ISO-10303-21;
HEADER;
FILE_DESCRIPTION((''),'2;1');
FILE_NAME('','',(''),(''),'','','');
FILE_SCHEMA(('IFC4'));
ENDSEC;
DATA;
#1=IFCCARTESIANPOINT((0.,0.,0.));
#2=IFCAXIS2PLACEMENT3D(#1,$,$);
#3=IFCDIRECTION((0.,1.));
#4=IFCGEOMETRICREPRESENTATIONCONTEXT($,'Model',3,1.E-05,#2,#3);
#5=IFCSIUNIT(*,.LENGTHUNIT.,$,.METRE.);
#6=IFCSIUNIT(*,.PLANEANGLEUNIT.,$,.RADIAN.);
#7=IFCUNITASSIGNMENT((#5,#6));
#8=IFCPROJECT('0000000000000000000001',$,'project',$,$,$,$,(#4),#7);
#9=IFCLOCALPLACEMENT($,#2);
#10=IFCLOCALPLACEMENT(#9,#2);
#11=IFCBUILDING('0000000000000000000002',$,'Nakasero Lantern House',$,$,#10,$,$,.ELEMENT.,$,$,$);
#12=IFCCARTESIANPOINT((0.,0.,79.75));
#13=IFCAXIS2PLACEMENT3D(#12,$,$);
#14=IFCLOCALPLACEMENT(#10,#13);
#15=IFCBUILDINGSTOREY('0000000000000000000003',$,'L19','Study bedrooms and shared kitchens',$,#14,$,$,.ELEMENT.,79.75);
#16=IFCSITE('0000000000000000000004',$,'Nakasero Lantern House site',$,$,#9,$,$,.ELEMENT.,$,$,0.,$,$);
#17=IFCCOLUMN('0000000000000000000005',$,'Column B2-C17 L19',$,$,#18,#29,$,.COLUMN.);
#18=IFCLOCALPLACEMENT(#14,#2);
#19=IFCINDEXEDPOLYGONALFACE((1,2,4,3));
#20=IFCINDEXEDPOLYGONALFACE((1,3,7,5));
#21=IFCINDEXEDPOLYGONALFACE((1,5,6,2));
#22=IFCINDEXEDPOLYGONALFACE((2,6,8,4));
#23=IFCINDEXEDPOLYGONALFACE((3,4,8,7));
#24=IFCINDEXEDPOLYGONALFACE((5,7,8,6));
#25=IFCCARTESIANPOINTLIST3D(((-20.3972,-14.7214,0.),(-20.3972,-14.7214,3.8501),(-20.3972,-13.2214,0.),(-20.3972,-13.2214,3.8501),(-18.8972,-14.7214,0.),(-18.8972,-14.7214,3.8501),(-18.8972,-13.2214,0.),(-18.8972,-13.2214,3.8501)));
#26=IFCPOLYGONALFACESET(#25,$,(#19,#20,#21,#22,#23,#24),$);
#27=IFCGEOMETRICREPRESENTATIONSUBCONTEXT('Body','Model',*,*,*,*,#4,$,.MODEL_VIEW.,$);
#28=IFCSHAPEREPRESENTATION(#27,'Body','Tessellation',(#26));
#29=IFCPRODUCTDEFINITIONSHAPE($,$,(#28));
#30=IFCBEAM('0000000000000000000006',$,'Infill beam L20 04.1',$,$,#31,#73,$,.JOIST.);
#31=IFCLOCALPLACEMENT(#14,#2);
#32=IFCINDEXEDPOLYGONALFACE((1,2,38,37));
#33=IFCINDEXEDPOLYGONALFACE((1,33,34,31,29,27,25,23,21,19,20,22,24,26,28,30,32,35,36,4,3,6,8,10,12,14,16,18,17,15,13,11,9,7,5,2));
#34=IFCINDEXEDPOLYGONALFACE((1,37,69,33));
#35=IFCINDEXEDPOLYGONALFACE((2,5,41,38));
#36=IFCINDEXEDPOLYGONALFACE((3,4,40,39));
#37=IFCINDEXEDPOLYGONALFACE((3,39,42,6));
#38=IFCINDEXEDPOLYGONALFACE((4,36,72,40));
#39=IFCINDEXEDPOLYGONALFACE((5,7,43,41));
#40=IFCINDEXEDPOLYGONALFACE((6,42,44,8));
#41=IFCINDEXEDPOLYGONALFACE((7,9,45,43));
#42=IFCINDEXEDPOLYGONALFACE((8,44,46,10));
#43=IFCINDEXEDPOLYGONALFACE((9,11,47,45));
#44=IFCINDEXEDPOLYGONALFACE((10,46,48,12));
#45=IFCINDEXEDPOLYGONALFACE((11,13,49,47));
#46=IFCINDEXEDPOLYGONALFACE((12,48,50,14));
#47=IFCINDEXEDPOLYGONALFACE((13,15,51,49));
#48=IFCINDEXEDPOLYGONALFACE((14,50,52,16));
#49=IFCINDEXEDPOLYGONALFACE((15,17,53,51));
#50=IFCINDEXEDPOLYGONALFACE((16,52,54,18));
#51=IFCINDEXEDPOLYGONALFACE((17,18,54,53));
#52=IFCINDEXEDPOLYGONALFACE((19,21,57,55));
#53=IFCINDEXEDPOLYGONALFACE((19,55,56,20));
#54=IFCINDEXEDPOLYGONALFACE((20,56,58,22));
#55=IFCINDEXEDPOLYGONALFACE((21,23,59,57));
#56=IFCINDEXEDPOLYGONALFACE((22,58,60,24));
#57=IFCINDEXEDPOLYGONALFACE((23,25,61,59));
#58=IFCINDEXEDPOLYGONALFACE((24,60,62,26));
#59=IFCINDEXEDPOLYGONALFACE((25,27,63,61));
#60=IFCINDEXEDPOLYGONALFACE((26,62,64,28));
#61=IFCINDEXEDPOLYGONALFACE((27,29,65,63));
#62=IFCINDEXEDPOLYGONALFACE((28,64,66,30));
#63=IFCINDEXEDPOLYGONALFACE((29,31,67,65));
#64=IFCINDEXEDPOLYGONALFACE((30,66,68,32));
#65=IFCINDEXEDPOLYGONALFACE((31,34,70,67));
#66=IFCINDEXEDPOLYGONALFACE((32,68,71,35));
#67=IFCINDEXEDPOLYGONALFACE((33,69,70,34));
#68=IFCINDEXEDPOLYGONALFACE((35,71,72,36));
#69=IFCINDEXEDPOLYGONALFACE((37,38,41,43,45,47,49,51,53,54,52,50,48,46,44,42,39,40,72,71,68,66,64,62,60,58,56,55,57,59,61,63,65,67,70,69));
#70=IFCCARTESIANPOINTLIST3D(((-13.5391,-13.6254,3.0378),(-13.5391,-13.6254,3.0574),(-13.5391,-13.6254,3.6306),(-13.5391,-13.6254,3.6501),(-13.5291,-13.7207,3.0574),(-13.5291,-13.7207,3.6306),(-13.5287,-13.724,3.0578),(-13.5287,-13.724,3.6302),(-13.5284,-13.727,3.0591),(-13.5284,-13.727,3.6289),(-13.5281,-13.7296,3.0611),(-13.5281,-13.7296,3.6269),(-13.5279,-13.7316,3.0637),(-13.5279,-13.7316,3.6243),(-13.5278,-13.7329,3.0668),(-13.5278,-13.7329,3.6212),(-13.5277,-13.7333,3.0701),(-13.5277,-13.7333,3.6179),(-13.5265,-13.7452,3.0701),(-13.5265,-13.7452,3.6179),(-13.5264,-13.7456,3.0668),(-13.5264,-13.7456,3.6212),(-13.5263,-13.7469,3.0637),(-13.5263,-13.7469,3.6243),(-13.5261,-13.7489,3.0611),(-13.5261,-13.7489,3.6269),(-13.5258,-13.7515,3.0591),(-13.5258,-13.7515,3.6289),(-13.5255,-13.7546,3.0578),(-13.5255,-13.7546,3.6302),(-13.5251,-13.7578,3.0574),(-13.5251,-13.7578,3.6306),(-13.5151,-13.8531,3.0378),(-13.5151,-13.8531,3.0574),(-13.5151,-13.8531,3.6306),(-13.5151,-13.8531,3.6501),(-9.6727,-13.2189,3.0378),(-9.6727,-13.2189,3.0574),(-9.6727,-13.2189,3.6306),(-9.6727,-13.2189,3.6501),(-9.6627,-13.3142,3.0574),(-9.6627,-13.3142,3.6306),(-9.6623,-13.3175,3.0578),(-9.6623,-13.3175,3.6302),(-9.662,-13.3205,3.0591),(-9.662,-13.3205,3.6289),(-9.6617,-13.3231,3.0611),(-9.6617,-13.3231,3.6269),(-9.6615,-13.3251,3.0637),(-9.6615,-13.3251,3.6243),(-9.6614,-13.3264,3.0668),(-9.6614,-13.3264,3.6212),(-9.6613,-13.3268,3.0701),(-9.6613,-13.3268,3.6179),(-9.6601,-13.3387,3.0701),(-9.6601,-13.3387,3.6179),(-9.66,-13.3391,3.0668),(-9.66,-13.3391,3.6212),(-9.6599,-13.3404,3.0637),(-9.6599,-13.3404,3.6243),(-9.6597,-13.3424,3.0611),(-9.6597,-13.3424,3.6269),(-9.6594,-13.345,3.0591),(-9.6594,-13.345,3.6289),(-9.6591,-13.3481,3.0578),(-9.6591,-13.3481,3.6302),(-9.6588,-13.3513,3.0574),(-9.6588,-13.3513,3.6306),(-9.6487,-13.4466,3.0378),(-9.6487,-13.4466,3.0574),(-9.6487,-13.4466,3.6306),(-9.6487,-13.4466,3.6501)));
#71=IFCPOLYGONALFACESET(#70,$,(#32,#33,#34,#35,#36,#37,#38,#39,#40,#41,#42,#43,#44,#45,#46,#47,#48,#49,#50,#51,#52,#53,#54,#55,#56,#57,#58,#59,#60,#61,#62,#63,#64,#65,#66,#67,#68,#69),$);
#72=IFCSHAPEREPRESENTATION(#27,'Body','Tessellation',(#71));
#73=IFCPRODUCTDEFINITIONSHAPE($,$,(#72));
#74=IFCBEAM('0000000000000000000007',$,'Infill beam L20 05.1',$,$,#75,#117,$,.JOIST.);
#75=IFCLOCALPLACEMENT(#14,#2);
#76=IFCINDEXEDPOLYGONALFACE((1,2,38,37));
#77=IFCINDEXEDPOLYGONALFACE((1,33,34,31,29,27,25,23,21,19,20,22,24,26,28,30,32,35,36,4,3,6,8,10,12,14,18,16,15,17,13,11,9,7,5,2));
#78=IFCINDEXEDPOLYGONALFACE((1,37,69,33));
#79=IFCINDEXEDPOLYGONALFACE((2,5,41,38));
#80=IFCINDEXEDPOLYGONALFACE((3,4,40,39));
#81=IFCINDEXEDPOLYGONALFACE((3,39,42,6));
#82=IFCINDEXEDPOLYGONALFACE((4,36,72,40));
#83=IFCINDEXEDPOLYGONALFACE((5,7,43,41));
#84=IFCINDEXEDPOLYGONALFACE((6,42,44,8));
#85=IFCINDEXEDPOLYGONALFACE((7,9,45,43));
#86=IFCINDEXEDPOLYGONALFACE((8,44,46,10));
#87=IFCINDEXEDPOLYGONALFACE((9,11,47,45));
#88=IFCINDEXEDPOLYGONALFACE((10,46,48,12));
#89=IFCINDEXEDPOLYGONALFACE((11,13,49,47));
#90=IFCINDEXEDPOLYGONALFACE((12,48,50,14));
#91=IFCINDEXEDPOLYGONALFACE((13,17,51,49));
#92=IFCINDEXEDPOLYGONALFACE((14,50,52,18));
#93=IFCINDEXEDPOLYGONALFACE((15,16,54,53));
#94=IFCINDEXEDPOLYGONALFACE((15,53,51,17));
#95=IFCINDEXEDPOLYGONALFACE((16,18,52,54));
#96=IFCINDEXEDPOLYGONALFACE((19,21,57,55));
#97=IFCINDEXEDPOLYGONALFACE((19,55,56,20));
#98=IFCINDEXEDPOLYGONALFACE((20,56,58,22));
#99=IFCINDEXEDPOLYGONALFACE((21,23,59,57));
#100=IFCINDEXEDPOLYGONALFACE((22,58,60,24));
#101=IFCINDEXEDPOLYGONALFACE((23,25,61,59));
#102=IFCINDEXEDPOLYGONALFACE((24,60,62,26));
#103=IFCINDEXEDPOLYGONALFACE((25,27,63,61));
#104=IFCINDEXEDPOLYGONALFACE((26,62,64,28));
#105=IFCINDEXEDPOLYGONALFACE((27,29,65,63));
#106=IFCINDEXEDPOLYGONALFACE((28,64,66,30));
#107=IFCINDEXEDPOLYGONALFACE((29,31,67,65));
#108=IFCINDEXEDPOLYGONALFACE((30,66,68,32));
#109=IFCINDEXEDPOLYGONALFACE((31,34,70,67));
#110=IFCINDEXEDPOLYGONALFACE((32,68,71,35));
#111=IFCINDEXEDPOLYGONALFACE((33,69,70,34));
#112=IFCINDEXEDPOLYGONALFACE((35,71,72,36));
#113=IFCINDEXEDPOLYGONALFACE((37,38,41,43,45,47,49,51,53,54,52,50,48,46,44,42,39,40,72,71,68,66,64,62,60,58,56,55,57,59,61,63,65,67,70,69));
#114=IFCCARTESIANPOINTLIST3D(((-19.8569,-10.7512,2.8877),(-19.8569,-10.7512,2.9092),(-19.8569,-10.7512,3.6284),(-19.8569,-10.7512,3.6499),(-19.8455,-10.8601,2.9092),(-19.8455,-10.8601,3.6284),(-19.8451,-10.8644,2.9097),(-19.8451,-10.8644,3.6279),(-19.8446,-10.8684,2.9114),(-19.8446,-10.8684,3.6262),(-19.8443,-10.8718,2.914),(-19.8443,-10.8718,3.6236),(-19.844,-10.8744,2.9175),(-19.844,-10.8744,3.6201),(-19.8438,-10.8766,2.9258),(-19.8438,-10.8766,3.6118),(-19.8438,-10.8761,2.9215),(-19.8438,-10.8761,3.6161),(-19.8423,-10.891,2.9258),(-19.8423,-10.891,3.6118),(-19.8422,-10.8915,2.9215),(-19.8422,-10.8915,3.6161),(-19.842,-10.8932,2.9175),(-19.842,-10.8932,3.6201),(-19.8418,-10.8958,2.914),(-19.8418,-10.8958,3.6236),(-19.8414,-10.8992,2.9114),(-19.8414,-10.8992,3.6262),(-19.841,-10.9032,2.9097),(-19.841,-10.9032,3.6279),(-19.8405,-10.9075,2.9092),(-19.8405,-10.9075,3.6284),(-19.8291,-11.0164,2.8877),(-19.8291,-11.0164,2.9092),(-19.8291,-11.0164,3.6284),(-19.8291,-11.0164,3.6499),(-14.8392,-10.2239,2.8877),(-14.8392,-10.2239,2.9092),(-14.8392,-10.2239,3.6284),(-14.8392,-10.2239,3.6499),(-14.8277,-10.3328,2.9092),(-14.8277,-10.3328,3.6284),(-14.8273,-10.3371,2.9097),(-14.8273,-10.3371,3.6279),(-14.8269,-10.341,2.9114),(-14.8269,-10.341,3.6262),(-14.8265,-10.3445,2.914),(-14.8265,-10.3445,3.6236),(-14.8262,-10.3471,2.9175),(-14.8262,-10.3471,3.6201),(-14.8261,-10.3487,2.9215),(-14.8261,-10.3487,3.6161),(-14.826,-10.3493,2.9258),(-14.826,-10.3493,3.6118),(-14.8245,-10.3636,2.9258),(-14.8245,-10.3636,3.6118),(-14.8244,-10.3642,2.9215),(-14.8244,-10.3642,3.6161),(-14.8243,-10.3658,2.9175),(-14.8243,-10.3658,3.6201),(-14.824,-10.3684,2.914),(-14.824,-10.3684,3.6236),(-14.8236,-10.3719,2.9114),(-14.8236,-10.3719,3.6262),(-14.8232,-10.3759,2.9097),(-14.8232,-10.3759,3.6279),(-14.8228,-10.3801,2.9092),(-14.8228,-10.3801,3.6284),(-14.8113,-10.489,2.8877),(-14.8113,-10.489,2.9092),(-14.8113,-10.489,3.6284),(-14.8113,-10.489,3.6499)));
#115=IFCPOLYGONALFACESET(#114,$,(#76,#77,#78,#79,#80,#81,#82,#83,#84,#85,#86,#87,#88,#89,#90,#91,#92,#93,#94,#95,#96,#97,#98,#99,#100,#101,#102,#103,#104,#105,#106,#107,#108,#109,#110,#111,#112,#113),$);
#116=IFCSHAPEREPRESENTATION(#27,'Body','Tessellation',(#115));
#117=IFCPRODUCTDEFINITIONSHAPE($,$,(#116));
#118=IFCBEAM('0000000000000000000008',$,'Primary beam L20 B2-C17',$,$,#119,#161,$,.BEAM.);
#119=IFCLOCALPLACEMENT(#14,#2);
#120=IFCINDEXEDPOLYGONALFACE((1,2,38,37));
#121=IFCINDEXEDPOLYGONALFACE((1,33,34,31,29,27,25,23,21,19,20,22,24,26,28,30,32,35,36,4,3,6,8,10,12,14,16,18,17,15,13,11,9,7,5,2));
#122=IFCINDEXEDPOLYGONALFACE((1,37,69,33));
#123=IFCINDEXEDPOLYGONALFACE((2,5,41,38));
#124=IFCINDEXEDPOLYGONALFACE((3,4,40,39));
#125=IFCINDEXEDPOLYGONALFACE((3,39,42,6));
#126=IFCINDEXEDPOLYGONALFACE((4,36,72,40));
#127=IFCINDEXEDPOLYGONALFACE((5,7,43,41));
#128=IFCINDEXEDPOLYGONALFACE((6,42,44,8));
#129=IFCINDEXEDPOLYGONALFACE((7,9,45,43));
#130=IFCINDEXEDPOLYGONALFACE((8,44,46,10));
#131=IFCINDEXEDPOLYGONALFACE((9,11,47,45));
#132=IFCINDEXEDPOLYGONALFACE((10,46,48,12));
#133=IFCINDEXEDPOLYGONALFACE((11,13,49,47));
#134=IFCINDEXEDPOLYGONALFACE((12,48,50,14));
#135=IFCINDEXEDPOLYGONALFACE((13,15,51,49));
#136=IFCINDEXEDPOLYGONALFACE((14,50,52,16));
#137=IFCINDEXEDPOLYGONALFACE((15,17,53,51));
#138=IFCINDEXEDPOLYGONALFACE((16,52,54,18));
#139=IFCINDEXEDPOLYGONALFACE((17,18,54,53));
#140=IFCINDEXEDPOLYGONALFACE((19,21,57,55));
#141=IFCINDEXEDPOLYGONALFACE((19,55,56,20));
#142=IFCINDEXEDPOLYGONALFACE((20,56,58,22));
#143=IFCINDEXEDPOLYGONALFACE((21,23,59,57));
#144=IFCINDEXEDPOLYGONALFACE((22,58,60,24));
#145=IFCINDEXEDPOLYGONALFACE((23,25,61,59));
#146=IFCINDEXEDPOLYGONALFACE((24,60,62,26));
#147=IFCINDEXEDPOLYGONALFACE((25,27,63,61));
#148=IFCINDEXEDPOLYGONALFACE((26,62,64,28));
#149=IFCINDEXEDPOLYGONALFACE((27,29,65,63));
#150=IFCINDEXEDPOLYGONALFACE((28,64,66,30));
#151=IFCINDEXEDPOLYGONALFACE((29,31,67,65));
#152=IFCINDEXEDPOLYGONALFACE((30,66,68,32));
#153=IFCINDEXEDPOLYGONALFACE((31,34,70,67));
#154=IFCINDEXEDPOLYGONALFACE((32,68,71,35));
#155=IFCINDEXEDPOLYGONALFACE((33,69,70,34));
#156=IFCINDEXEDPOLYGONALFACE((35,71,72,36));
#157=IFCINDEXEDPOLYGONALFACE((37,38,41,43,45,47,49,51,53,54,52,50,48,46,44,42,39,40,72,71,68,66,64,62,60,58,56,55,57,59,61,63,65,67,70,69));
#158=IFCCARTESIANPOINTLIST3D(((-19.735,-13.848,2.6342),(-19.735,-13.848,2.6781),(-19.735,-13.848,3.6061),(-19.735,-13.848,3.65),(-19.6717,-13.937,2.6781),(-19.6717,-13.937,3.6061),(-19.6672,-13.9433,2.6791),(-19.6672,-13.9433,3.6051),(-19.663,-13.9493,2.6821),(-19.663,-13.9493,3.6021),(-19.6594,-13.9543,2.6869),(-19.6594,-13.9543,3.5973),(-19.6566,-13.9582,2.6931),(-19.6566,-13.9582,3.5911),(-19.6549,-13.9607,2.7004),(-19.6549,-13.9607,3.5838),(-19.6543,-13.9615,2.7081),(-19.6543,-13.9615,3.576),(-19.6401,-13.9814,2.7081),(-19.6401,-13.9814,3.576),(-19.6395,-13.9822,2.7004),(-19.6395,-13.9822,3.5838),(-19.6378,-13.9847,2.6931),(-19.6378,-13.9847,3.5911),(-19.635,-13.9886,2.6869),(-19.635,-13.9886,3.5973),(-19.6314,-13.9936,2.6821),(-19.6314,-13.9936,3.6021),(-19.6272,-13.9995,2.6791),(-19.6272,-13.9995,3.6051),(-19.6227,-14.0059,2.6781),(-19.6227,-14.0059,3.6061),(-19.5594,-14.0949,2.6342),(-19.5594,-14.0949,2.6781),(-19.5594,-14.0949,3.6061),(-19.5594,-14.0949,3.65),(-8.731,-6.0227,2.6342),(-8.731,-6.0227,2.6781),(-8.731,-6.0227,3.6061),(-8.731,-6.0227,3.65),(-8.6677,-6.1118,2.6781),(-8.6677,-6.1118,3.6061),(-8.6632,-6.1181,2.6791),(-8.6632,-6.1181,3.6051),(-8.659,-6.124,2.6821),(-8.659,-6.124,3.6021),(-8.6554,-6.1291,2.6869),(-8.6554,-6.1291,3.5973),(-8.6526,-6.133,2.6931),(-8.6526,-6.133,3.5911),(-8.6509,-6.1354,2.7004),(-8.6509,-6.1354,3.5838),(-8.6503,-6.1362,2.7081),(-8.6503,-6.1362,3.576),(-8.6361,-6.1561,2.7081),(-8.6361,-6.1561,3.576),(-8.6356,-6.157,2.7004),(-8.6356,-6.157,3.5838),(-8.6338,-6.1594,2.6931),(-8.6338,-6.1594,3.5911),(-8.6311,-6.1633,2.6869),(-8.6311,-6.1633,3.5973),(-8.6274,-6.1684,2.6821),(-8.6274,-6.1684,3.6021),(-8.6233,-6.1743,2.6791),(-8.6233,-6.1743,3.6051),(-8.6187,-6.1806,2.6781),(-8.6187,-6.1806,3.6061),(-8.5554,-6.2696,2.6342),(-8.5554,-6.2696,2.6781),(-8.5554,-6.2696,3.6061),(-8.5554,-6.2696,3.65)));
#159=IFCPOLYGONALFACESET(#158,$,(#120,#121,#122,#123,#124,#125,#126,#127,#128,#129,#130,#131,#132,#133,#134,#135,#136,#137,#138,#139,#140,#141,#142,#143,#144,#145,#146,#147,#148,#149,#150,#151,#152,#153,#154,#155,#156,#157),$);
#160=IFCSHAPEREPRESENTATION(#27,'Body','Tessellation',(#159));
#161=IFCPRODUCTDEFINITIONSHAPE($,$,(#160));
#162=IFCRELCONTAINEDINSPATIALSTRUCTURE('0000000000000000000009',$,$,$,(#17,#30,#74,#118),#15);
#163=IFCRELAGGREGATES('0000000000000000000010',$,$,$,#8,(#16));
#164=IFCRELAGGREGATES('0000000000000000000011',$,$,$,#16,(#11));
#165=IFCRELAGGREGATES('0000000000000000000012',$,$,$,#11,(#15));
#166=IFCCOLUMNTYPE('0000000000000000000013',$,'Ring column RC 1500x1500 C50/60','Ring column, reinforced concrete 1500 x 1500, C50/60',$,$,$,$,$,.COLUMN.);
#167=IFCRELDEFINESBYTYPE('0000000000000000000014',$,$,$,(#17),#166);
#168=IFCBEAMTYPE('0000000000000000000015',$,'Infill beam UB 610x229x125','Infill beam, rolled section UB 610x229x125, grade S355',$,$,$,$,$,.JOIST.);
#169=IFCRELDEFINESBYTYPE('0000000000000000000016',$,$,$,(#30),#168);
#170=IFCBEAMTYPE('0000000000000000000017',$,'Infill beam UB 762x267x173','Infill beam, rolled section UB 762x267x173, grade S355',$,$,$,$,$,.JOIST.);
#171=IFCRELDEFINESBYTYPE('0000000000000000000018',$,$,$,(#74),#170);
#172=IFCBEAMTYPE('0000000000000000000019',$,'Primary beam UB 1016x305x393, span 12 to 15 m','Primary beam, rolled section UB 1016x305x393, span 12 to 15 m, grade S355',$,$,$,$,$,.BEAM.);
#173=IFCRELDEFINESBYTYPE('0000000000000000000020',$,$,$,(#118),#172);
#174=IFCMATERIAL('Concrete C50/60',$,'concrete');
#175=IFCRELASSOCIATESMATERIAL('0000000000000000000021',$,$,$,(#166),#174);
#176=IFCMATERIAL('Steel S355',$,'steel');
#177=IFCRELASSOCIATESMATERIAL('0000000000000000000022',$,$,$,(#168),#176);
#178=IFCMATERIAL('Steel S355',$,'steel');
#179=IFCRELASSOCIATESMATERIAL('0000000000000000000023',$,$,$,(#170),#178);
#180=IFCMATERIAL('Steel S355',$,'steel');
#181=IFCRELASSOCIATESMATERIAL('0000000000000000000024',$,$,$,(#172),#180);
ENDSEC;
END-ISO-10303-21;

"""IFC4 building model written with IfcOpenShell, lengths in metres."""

from ifc_helpers import new_model, si_unit, direction, frame, origin, origin_2d, place, context, subcontext, project, spatial, rectangle, i_section, extrude, material, material_profile, profile_set, type_object, element, save


model = new_model("IFC4")

# Units and contexts
model_context = context("Model", 3, precision=1e-05, world=origin(), true_north=direction((0.0, 1.0)))
body_context = subcontext(model_context, "Body", "Model", "MODEL_VIEW")
ifc_project = project(units=[si_unit("LENGTHUNIT", "METRE"), si_unit("PLANEANGLEUNIT", "RADIAN")], contexts=[model_context])

# Site, building, storey
site_placement = place(None, origin())
site = spatial("IfcSite", under=ifc_project, at=site_placement, Name="Nakasero Lantern House site", CompositionType="ELEMENT", RefElevation=0.0)
building_placement = place(site_placement, origin())
building = spatial("IfcBuilding", under=site, at=building_placement, Name="Nakasero Lantern House", CompositionType="ELEMENT")
storey_placement = place(building_placement, frame((0.0, 0.0, 79.75)))
storey = spatial("IfcBuildingStorey", under=building, at=storey_placement, Name="L19", Description="Study bedrooms and shared kitchens", CompositionType="ELEMENT", Elevation=79.75)

# Column
ifc_material_1 = material(Name="Concrete C50/60", Category="concrete")
ifc_material_profile_1 = material_profile(ifc_material_1, rectangle(XDim=1.5, YDim=1.5, at=origin_2d()), Name="RC 1500x1500")
ifc_profile_set_1 = profile_set([ifc_material_profile_1], Name="Concrete C50/60")
column_type = type_object("IfcColumnType", Name="Ring column RC 1500x1500 C50/60", Description="Ring column, reinforced concrete 1500 x 1500, C50/60", PredefinedType="COLUMN", material=ifc_profile_set_1)
column_placement = place(storey_placement, frame((-19.6472, -13.9714, 0.0), z_axis=(0.0, 0.0, 1.0), x_axis=(1.0, 0.0, 0.0)))
element("IfcColumn", 1, at=column_placement, inside=storey, type_object=column_type, Name="Column B2-C17 L19", PredefinedType="COLUMN", context=body_context, shape_type="SweptSolid", body=[
    extrude(rectangle(XDim=1.5, YDim=1.5, at=origin_2d()), origin(), (0.0, 0.0, 1.0), 3.8501),
])

# Beams
ifc_material_2 = material(Name="Steel S355", Category="steel")
ifc_material_profile_2 = material_profile(ifc_material_2, i_section(OverallWidth=0.229, OverallDepth=0.6123, WebThickness=0.012, FlangeThickness=0.0195, FilletRadius=0.0127, at=origin_2d()), Name="UB 610x229x125")
ifc_profile_set_2 = profile_set([ifc_material_profile_2], Name="Steel S355")
beam_type_1 = type_object("IfcBeamType", Name="Infill beam UB 610x229x125", Description="Infill beam, rolled section UB 610x229x125, grade S355", PredefinedType="JOIST", material=ifc_profile_set_2)
beam_1_placement = place(storey_placement, frame((-13.5271, -13.7393, 3.344), z_axis=(0.994519, 0.104557, 0.0), x_axis=(-0.104557, 0.994519, 0.0)))
element("IfcBeam", 2, at=beam_1_placement, inside=storey, type_object=beam_type_1, Name="Infill beam L20 04.1", PredefinedType="JOIST", context=body_context, shape_type="SweptSolid", body=[
    extrude(i_section(OverallWidth=0.229, OverallDepth=0.6123, WebThickness=0.012, FlangeThickness=0.0195, FilletRadius=0.0127, at=origin_2d()), origin(), (0.0, 0.0, 1.0), 3.8877),
])
ifc_material_3 = material(Name="Steel S355", Category="steel")
ifc_material_profile_3 = material_profile(ifc_material_3, i_section(OverallWidth=0.2666, OverallDepth=0.7622, WebThickness=0.0144, FlangeThickness=0.0215, FilletRadius=0.0166, at=origin_2d()), Name="UB 762x267x173")
ifc_profile_set_3 = profile_set([ifc_material_profile_3], Name="Steel S355")
beam_type_2 = type_object("IfcBeamType", Name="Infill beam UB 762x267x173", Description="Infill beam, rolled section UB 762x267x173, grade S355", PredefinedType="JOIST", material=ifc_profile_set_3)
beam_2_placement = place(storey_placement, frame((-19.843, -10.8838, 3.2688), z_axis=(0.994523, 0.104519, 0.0), x_axis=(-0.104519, 0.994523, 0.0)))
element("IfcBeam", 3, at=beam_2_placement, inside=storey, type_object=beam_type_2, Name="Infill beam L20 05.1", PredefinedType="JOIST", context=body_context, shape_type="SweptSolid", body=[
    extrude(i_section(OverallWidth=0.2666, OverallDepth=0.7622, WebThickness=0.0144, FlangeThickness=0.0215, FilletRadius=0.0166, at=origin_2d()), origin(), (0.0, 0.0, 1.0), 5.0454),
])
ifc_material_4 = material(Name="Steel S355", Category="steel")
ifc_material_profile_4 = material_profile(ifc_material_4, i_section(OverallWidth=0.303, OverallDepth=1.0159, WebThickness=0.0244, FlangeThickness=0.0439, FilletRadius=0.03, at=origin_2d()), Name="UB 1016x305x393")
ifc_profile_set_4 = profile_set([ifc_material_profile_4], Name="Steel S355")
beam_type_3 = type_object("IfcBeamType", Name="Primary beam UB 1016x305x393, span 12 to 15 m", Description="Primary beam, rolled section UB 1016x305x393, span 12 to 15 m, grade S355", PredefinedType="BEAM", material=ifc_profile_set_4)
beam_3_placement = place(storey_placement, frame((-19.6472, -13.9714, 3.1421), z_axis=(0.814948, 0.579533, 0.0), x_axis=(-0.579533, 0.814948, 0.0)))
element("IfcBeam", 4, at=beam_3_placement, inside=storey, type_object=beam_type_3, Name="Primary beam L20 B2-C17", PredefinedType="BEAM", context=body_context, shape_type="SweptSolid", body=[
    extrude(i_section(OverallWidth=0.303, OverallDepth=1.0159, WebThickness=0.0244, FlangeThickness=0.0439, FilletRadius=0.03, at=origin_2d()), origin(), (0.0, 0.0, 1.0), 13.5027),
])

save(model, "model.ifc")
